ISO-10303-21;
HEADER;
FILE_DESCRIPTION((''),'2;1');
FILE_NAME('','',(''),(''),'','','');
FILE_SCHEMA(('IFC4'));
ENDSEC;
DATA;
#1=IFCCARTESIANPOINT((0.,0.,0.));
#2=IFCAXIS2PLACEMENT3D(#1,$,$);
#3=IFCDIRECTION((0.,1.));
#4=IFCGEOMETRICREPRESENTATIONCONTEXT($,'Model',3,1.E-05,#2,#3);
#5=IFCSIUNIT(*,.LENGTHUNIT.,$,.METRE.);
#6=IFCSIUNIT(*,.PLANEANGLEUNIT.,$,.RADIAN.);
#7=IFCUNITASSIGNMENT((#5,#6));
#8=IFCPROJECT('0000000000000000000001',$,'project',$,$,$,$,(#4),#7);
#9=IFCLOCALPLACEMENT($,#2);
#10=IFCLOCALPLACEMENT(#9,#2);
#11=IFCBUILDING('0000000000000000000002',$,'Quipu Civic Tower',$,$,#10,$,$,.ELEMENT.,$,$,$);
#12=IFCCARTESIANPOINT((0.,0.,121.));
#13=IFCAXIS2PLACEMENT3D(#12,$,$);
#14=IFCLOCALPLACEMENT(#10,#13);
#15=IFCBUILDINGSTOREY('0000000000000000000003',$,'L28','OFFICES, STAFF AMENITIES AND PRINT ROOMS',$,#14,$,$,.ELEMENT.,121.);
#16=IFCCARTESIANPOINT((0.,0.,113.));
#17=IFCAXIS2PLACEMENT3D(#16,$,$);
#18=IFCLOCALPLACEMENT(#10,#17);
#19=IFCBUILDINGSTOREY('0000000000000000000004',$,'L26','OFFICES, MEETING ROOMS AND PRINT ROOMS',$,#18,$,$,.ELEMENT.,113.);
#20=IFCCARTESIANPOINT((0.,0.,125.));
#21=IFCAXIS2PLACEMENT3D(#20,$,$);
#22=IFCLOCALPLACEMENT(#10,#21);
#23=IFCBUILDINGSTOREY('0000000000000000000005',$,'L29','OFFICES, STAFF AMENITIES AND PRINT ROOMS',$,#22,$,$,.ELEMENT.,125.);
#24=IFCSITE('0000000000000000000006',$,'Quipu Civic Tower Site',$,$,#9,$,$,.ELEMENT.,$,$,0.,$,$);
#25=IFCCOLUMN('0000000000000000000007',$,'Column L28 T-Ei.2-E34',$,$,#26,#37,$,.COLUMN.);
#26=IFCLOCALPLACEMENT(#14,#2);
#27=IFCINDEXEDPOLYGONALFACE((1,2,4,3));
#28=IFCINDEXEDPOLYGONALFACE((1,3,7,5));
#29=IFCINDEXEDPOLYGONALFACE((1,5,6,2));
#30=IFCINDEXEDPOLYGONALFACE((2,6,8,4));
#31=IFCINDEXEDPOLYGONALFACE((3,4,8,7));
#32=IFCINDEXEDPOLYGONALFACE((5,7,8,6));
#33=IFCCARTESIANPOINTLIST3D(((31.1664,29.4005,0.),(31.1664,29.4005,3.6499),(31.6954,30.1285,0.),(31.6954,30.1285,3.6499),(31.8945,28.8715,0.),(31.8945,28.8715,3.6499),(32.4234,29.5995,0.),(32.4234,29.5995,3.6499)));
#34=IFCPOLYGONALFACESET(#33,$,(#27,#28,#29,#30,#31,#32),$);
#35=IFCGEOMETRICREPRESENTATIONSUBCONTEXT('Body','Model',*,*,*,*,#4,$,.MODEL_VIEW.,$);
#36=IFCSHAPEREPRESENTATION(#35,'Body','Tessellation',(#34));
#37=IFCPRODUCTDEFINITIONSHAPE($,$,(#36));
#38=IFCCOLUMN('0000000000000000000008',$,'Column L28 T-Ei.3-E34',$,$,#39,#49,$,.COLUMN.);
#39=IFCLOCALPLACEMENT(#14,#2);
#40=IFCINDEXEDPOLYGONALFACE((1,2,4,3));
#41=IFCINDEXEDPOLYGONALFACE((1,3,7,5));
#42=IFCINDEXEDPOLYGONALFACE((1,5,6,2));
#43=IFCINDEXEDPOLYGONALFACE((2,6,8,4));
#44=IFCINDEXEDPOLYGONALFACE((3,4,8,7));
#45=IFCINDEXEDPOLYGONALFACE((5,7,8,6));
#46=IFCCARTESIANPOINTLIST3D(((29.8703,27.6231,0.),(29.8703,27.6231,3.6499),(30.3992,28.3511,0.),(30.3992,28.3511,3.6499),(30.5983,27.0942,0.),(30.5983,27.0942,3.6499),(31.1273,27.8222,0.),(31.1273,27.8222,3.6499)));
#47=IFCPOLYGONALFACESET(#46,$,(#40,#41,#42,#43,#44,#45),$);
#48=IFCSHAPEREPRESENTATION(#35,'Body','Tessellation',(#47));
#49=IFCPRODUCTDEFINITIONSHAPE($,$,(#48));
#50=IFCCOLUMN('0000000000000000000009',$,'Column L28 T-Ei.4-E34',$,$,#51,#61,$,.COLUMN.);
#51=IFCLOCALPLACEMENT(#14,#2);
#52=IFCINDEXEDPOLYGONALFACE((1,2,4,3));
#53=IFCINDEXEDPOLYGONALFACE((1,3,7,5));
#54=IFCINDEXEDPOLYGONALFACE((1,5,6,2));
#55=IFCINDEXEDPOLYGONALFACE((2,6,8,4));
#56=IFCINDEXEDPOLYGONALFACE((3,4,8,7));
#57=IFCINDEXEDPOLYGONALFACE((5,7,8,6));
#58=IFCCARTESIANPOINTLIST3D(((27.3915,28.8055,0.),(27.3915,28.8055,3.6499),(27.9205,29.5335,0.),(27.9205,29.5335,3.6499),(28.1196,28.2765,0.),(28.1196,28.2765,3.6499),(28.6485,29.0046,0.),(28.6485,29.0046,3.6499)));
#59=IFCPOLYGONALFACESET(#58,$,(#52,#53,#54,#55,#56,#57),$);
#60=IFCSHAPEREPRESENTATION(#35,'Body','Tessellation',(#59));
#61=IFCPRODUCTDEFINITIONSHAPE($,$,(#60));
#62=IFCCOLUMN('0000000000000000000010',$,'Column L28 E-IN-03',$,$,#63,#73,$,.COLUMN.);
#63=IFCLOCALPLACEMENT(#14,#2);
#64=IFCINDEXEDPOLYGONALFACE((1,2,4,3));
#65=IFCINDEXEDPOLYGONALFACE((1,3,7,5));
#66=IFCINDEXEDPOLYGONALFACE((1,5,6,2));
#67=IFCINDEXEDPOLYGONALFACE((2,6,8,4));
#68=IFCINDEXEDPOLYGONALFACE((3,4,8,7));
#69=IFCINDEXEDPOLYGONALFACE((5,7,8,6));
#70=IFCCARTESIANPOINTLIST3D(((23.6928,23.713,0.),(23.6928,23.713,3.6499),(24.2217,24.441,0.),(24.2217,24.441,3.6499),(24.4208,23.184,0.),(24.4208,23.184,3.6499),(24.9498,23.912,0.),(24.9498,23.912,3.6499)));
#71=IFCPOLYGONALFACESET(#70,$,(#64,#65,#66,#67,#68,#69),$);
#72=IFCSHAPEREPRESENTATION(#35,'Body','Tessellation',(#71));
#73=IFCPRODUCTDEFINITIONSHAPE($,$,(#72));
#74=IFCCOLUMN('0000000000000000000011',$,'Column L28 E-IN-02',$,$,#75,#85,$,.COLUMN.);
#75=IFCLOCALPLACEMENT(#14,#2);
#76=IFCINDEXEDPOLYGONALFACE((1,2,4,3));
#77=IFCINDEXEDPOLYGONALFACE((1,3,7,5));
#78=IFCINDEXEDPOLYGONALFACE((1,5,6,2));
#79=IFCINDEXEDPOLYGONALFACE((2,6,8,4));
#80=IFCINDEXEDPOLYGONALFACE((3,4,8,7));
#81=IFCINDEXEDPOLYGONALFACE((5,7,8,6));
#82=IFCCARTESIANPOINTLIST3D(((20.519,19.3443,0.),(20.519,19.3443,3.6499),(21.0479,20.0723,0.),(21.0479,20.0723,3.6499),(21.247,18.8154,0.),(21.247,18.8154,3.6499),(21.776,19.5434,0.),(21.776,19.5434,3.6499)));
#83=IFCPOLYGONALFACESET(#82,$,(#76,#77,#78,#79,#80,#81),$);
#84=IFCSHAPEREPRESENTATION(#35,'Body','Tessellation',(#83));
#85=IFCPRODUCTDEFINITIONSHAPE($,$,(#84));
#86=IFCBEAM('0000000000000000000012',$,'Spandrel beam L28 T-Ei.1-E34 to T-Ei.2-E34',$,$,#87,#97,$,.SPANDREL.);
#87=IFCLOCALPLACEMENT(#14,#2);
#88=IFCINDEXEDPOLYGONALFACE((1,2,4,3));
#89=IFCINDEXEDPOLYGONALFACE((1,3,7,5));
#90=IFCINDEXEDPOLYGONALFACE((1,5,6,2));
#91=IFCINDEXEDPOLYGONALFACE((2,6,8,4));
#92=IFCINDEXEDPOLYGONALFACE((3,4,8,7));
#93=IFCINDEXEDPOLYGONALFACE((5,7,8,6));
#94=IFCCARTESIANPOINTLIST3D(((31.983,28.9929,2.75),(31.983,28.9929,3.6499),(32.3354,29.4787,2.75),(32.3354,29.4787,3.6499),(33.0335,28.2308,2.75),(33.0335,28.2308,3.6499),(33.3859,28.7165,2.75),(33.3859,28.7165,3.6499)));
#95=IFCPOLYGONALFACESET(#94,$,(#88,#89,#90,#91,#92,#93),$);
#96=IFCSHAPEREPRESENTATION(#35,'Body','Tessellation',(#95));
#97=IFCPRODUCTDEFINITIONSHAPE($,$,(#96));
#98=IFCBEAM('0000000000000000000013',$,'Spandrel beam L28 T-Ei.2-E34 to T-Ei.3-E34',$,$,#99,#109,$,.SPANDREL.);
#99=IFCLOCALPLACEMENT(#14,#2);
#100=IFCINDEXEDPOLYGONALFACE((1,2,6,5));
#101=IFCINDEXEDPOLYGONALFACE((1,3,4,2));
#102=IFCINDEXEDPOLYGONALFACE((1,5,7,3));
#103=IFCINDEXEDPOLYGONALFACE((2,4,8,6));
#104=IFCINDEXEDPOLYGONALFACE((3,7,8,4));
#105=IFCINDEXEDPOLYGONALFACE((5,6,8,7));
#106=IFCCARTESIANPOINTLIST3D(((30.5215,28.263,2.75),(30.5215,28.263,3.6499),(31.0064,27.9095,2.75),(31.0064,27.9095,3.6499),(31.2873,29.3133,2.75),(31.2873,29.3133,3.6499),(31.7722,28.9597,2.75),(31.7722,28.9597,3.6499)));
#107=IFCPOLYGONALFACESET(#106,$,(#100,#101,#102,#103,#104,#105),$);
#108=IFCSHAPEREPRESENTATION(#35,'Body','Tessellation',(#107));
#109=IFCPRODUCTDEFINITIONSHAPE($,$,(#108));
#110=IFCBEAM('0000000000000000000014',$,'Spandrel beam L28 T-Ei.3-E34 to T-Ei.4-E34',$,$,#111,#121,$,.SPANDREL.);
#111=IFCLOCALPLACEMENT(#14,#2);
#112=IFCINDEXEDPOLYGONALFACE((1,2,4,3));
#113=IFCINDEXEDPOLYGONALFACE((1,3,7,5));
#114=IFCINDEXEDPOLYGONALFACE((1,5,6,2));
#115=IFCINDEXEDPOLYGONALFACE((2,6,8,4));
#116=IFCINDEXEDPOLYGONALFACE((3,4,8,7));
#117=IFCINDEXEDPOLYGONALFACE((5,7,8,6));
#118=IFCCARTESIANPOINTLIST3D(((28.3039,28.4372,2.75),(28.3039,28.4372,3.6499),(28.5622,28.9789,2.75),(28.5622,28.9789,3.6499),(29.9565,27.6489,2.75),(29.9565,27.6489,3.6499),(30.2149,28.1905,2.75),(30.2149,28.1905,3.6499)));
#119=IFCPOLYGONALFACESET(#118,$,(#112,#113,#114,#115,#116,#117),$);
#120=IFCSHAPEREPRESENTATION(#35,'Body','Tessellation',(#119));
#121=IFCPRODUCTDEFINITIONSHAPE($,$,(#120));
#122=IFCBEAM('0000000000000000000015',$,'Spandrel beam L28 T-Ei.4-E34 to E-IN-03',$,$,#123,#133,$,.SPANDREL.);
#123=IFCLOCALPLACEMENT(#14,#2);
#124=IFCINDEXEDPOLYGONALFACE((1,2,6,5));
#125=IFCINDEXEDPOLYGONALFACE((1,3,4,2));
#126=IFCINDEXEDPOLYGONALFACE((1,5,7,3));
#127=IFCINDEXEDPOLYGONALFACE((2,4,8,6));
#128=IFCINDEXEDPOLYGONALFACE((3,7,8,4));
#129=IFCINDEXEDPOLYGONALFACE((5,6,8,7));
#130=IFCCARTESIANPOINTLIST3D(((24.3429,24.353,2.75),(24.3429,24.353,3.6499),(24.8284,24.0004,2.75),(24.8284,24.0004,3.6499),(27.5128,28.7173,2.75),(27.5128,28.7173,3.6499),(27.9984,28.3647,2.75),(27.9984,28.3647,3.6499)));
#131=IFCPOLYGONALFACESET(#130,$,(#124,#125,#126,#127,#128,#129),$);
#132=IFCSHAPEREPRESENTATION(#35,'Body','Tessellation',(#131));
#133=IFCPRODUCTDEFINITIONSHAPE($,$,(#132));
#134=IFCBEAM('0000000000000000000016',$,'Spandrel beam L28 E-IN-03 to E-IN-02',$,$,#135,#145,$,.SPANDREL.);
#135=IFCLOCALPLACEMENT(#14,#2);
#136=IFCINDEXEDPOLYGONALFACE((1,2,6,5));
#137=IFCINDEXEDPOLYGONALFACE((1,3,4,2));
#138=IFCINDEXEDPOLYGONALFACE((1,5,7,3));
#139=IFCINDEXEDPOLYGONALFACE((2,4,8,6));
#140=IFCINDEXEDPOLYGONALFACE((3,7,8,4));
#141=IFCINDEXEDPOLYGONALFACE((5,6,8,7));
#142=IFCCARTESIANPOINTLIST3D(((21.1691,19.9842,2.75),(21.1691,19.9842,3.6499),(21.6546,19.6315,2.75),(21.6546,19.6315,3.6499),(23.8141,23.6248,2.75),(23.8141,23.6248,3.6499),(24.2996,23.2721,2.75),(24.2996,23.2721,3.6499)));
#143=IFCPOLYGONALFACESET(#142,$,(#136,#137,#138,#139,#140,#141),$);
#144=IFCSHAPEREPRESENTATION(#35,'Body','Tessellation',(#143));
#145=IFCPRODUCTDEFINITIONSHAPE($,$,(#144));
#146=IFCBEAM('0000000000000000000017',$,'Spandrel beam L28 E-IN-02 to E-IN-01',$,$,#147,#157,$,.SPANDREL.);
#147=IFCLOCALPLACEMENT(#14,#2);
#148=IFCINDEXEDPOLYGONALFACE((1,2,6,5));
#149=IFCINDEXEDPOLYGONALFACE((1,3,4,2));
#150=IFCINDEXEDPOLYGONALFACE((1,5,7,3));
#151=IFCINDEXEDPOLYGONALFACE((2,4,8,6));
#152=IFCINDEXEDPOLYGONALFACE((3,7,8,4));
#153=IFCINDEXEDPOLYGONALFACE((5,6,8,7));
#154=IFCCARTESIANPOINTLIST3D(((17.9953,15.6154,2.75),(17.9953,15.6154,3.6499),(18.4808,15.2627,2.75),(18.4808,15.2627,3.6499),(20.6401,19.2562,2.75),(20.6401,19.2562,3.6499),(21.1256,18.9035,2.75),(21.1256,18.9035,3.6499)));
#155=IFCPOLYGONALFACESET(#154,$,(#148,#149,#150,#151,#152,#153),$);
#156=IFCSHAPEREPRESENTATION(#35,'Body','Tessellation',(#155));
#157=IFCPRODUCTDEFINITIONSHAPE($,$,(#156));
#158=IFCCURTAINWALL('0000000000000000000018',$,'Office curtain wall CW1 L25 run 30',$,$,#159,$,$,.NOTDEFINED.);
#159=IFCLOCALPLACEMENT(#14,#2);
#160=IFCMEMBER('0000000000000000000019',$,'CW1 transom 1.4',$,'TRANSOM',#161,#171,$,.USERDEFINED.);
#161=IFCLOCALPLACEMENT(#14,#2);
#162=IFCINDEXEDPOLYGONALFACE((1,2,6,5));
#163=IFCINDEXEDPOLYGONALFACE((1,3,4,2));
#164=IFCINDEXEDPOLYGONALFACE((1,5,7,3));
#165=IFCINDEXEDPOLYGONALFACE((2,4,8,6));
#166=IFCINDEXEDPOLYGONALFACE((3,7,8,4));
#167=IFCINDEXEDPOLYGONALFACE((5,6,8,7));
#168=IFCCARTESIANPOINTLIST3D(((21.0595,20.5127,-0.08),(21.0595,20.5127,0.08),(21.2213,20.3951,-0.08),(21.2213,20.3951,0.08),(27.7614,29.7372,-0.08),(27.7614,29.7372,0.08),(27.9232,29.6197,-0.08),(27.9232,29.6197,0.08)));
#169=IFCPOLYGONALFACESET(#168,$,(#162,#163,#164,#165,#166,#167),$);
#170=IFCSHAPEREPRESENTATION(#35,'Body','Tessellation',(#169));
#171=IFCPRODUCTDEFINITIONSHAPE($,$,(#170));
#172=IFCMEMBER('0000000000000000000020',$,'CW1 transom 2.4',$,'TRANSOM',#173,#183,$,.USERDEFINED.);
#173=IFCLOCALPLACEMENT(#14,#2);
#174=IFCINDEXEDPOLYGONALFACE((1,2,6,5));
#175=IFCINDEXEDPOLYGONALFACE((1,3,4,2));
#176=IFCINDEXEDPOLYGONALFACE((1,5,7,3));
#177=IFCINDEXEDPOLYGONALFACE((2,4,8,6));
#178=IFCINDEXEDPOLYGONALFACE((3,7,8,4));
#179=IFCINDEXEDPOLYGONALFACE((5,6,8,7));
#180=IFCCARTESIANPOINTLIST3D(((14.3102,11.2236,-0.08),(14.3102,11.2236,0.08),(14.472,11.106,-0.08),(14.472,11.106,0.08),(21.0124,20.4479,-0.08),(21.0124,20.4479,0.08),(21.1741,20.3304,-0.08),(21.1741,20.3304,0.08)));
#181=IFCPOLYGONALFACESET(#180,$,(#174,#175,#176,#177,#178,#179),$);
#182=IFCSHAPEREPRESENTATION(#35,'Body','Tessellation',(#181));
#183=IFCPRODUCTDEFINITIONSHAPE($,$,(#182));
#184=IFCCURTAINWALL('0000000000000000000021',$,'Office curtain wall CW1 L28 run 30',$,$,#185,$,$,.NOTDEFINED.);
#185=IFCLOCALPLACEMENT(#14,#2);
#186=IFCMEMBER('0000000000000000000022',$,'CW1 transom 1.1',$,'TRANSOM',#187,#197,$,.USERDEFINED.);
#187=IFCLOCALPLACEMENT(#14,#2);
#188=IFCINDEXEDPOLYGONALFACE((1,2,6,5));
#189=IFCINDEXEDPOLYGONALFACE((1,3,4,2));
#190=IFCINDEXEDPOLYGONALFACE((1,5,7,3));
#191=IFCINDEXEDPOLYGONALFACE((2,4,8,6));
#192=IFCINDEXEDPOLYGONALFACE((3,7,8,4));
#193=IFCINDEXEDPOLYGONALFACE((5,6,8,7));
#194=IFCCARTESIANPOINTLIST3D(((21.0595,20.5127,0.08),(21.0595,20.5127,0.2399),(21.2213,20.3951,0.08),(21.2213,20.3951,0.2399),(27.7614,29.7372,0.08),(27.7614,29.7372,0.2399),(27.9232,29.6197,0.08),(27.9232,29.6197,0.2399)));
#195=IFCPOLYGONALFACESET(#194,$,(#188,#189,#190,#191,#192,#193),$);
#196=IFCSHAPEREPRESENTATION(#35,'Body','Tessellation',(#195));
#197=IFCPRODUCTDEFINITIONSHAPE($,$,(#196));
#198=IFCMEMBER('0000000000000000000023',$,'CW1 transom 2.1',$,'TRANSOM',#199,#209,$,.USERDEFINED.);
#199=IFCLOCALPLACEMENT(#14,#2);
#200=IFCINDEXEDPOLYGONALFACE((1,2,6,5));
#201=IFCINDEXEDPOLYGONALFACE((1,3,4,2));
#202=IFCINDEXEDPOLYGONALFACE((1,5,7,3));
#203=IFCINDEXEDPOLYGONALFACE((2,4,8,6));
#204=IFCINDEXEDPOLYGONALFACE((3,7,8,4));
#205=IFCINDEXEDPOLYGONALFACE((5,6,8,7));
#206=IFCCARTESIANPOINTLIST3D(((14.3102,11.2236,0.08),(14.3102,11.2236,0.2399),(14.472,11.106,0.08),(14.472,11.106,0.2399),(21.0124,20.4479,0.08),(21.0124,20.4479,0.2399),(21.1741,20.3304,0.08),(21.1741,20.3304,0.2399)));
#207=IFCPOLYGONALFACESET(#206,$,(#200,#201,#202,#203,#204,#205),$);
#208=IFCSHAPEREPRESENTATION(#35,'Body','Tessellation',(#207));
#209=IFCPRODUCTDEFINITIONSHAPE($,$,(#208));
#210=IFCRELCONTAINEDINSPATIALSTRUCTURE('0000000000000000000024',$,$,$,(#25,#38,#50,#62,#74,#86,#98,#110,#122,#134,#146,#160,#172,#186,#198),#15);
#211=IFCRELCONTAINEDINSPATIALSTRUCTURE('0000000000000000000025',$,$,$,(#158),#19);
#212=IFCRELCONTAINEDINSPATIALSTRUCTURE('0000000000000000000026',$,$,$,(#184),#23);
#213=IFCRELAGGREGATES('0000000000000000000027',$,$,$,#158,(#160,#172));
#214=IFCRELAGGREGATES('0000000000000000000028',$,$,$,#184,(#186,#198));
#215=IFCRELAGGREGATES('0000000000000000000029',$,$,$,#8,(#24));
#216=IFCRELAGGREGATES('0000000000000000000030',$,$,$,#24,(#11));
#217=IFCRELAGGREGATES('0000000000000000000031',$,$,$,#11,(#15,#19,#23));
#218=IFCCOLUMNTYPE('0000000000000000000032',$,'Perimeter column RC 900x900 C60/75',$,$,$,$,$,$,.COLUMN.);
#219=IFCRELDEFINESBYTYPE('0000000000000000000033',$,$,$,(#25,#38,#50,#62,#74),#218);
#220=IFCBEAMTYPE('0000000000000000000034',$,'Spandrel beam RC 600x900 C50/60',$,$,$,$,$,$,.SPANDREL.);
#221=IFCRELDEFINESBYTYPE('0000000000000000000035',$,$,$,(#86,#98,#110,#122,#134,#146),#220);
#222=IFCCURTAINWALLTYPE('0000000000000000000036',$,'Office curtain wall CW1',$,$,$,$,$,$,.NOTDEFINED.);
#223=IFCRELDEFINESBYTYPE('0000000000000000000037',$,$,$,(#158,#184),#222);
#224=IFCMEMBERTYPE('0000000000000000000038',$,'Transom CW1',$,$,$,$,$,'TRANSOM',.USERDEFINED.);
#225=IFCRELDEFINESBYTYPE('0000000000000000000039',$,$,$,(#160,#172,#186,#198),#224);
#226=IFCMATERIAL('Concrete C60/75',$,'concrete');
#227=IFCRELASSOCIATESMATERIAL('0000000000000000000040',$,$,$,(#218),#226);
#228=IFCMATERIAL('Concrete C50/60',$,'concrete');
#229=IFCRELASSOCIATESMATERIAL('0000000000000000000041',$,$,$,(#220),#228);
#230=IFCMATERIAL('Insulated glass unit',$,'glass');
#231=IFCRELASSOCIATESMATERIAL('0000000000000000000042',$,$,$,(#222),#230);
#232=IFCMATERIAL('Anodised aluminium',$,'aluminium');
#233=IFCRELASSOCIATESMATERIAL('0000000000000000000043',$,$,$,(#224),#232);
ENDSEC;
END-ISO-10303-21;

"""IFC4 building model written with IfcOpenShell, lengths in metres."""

from ifc_helpers import new_model, si_unit, direction, frame, origin, origin_2d, place, context, subcontext, project, spatial, rectangle, extrude, material, material_profile, profile_set, type_object, element, aggregate, save


model = new_model("IFC4")

# Units and contexts
model_context = context("Model", 3, precision=1e-05, world=origin(), true_north=direction((0.0, 1.0)))
body_context = subcontext(model_context, "Body", "Model", "MODEL_VIEW")
ifc_project = project(units=[si_unit("LENGTHUNIT", "METRE"), si_unit("PLANEANGLEUNIT", "RADIAN")], contexts=[model_context])

# Site, building, storey
site_placement = place(None, origin())
site = spatial("IfcSite", under=ifc_project, at=site_placement, Name="Quipu Civic Tower Site", CompositionType="ELEMENT", RefElevation=0.0)
building_placement = place(site_placement, origin())
building = spatial("IfcBuilding", under=site, at=building_placement, Name="Quipu Civic Tower", CompositionType="ELEMENT")
storey_1_placement = place(building_placement, frame((0.0, 0.0, 121.0)))
storey_1 = spatial("IfcBuildingStorey", under=building, at=storey_1_placement, Name="L28", Description="OFFICES, STAFF AMENITIES AND PRINT ROOMS", CompositionType="ELEMENT", Elevation=121.0)

# Columns
ifc_material_1 = material(Name="Concrete C60/75", Category="concrete")
ifc_material_profile_1 = material_profile(ifc_material_1, rectangle(XDim=0.8999, YDim=0.8999, at=origin_2d()), Name="RC900x900")
ifc_profile_set_1 = profile_set([ifc_material_profile_1], Name="Concrete C60/75")
column_type = type_object("IfcColumnType", Name="Perimeter column RC 900x900 C60/75", PredefinedType="COLUMN", material=ifc_profile_set_1)
for number, where, z_axis, x_axis, name in (
    (1, (31.7949, 29.5, 0.0), (0.0, 0.0, 1.0), (-0.587785, -0.809017, 0.0), "Column L28 T-Ei.2-E34"),
    (2, (30.4988, 27.7227, 0.0), (0.0, 0.0, 1.0), (-0.809017, 0.587785, 0.0), "Column L28 T-Ei.3-E34"),
    (3, (28.02, 28.905, 0.0), (0.0, 0.0, 1.0), (-0.809017, 0.587785, 0.0), "Column L28 T-Ei.4-E34"),
    (4, (24.3213, 23.8125, 0.0), (0.0, 0.0, 1.0), (-0.587785, -0.809017, 0.0), "Column L28 E-IN-03"),
    (5, (21.1475, 19.4438, 0.0), (0.0, 0.0, 1.0), (-0.587785, -0.809017, 0.0), "Column L28 E-IN-02"),
):
    element("IfcColumn", number, at=place(storey_1_placement, frame(where, z_axis=z_axis, x_axis=x_axis)), inside=storey_1, type_object=column_type, Name=name, PredefinedType="COLUMN", context=body_context, shape_type="SweptSolid", body=[
        extrude(rectangle(XDim=0.8999, YDim=0.8999, at=origin_2d()), origin(), (0.0, 0.0, 1.0), 3.6499),
    ])

# Beams
ifc_material_2 = material(Name="Concrete C50/60", Category="concrete")
ifc_material_profile_2 = material_profile(ifc_material_2, rectangle(XDim=0.6001, YDim=0.8999, at=origin_2d()), Name="RC600x900")
ifc_profile_set_2 = profile_set([ifc_material_profile_2], Name="Concrete C50/60")
beam_type = type_object("IfcBeamType", Name="Spandrel beam RC 600x900 C50/60", PredefinedType="SPANDREL", material=ifc_profile_set_2)
beam_1_placement = place(storey_1_placement, frame((33.2097, 28.4736, 3.2), z_axis=(-0.809403, 0.587254, 0.0), x_axis=(-0.587254, -0.809403, 0.0)))
element("IfcBeam", 6, at=beam_1_placement, inside=storey_1, type_object=beam_type, Name="Spandrel beam L28 T-Ei.1-E34 to T-Ei.2-E34", PredefinedType="SPANDREL", context=body_context, shape_type="SweptSolid", body=[
    extrude(rectangle(XDim=0.6001, YDim=0.8999, at=origin_2d()), origin(), (0.0, 0.0, 1.0), 1.2979),
])
beam_2_placement = place(storey_1_placement, frame((31.5298, 29.1365, 3.2), z_axis=(-0.589187, -0.807996, 0.0), x_axis=(0.807996, -0.589187, 0.0)))
element("IfcBeam", 7, at=beam_2_placement, inside=storey_1, type_object=beam_type, Name="Spandrel beam L28 T-Ei.2-E34 to T-Ei.3-E34", PredefinedType="SPANDREL", context=body_context, shape_type="SweptSolid", body=[
    extrude(rectangle(XDim=0.6001, YDim=0.8999, at=origin_2d()), origin(), (0.0, 0.0, 1.0), 1.2998),
])
beam_3_placement = place(storey_1_placement, frame((30.0857, 27.9197, 3.2), z_axis=(-0.902567, 0.430549, 0.0), x_axis=(-0.430549, -0.902567, 0.0)))
element("IfcBeam", 8, at=beam_3_placement, inside=storey_1, type_object=beam_type, Name="Spandrel beam L28 T-Ei.3-E34 to T-Ei.4-E34", PredefinedType="SPANDREL", context=body_context, shape_type="SweptSolid", body=[
    extrude(rectangle(XDim=0.6001, YDim=0.8999, at=origin_2d()), origin(), (0.0, 0.0, 1.0), 1.8311),
])
beam_4_placement = place(storey_1_placement, frame((27.7556, 28.541, 3.2), z_axis=(-0.587676, -0.809096, 0.0), x_axis=(0.809096, -0.587676, 0.0)))
element("IfcBeam", 9, at=beam_4_placement, inside=storey_1, type_object=beam_type, Name="Spandrel beam L28 T-Ei.4-E34 to E-IN-03", PredefinedType="SPANDREL", context=body_context, shape_type="SweptSolid", body=[
    extrude(rectangle(XDim=0.6001, YDim=0.8999, at=origin_2d()), origin(), (0.0, 0.0, 1.0), 5.394),
])
for number, where, z_axis, x_axis, name in (
    (10, (24.0569, 23.4485, 3.2), (-0.587778, -0.809022, 0.0), (0.809022, -0.587778, 0.0), "Spandrel beam L28 E-IN-03 to E-IN-02"),
    (11, (20.8828, 19.0798, 3.2), (-0.587717, -0.809067, 0.0), (0.809067, -0.587717, 0.0), "Spandrel beam L28 E-IN-02 to E-IN-01"),
):
    element("IfcBeam", number, at=place(storey_1_placement, frame(where, z_axis=z_axis, x_axis=x_axis)), inside=storey_1, type_object=beam_type, Name=name, PredefinedType="SPANDREL", context=body_context, shape_type="SweptSolid", body=[
        extrude(rectangle(XDim=0.6001, YDim=0.8999, at=origin_2d()), origin(), (0.0, 0.0, 1.0), 4.5),
    ])

# Shared definitions
storey_2_placement = place(building_placement, frame((0.0, 0.0, 113.0)))
storey_2 = spatial("IfcBuildingStorey", under=building, at=storey_2_placement, Name="L26", Description="OFFICES, MEETING ROOMS AND PRINT ROOMS", CompositionType="ELEMENT", Elevation=113.0)

# Curtain wall, members
ifc_material_3 = material(Name="Insulated glass unit", Category="glass")
curtain_wall_type = type_object("IfcCurtainWallType", Name="Office curtain wall CW1", PredefinedType="NOTDEFINED", material=ifc_material_3)
curtain_wall_1_placement = place(storey_2_placement, origin())
curtain_wall_1 = element("IfcCurtainWall", 12, at=curtain_wall_1_placement, inside=storey_2, type_object=curtain_wall_type, Name="Office curtain wall CW1 L25 run 30", PredefinedType="NOTDEFINED")
ifc_material_4 = material(Name="Anodised aluminium", Category="aluminium")
ifc_material_profile_3 = material_profile(ifc_material_4, rectangle(XDim=0.2, YDim=0.1599, at=origin_2d()), Name="RECT 200x160")
ifc_profile_set_3 = profile_set([ifc_material_profile_3], Name="Anodised aluminium")
member_type = type_object("IfcMemberType", Name="Transom CW1", ElementType="TRANSOM", PredefinedType="USERDEFINED", material=ifc_profile_set_3)
member_1_placement = place(storey_1_placement, frame((27.8423, 29.6785, 0.0), z_axis=(-0.587776, -0.809024, 0.0), x_axis=(0.809024, -0.587776, 0.0)))
member_1 = element("IfcMember", 13, at=member_1_placement, inside=storey_1, type_object=member_type, Name="CW1 transom 1.4", ObjectType="TRANSOM", PredefinedType="USERDEFINED", context=body_context, shape_type="SweptSolid", body=[
    extrude(rectangle(XDim=0.2, YDim=0.1599, at=origin_2d()), origin(), (0.0, 0.0, 1.0), 11.4021),
])
member_2_placement = place(storey_1_placement, frame((21.0933, 20.3892, 0.0), z_axis=(-0.5878, -0.809006, 0.0), x_axis=(0.809006, -0.5878, 0.0)))
member_2 = element("IfcMember", 14, at=member_2_placement, inside=storey_1, type_object=member_type, Name="CW1 transom 2.4", ObjectType="TRANSOM", PredefinedType="USERDEFINED", context=body_context, shape_type="SweptSolid", body=[
    extrude(rectangle(XDim=0.2, YDim=0.1599, at=origin_2d()), origin(), (0.0, 0.0, 1.0), 11.4021),
])
aggregate(curtain_wall_1, [member_1, member_2])

# Shared definitions
storey_3_placement = place(building_placement, frame((0.0, 0.0, 125.0)))
storey_3 = spatial("IfcBuildingStorey", under=building, at=storey_3_placement, Name="L29", Description="OFFICES, STAFF AMENITIES AND PRINT ROOMS", CompositionType="ELEMENT", Elevation=125.0)

# Curtain wall, members
curtain_wall_2_placement = place(storey_3_placement, origin())
curtain_wall_2 = element("IfcCurtainWall", 15, at=curtain_wall_2_placement, inside=storey_3, type_object=curtain_wall_type, Name="Office curtain wall CW1 L28 run 30", PredefinedType="NOTDEFINED")
member_3_placement = place(storey_1_placement, frame((27.8423, 29.6785, 0.1599), z_axis=(-0.587776, -0.809024, 0.0), x_axis=(0.809024, -0.587776, 0.0)))
member_3 = element("IfcMember", 16, at=member_3_placement, inside=storey_1, type_object=member_type, Name="CW1 transom 1.1", ObjectType="TRANSOM", PredefinedType="USERDEFINED", context=body_context, shape_type="SweptSolid", body=[
    extrude(rectangle(XDim=0.2, YDim=0.1599, at=origin_2d()), origin(), (0.0, 0.0, 1.0), 11.4021),
])
member_4_placement = place(storey_1_placement, frame((21.0933, 20.3892, 0.1599), z_axis=(-0.5878, -0.809006, 0.0), x_axis=(0.809006, -0.5878, 0.0)))
member_4 = element("IfcMember", 17, at=member_4_placement, inside=storey_1, type_object=member_type, Name="CW1 transom 2.1", ObjectType="TRANSOM", PredefinedType="USERDEFINED", context=body_context, shape_type="SweptSolid", body=[
    extrude(rectangle(XDim=0.2, YDim=0.1599, at=origin_2d()), origin(), (0.0, 0.0, 1.0), 11.4021),
])
aggregate(curtain_wall_2, [member_3, member_4])

save(model, "model.ifc")
